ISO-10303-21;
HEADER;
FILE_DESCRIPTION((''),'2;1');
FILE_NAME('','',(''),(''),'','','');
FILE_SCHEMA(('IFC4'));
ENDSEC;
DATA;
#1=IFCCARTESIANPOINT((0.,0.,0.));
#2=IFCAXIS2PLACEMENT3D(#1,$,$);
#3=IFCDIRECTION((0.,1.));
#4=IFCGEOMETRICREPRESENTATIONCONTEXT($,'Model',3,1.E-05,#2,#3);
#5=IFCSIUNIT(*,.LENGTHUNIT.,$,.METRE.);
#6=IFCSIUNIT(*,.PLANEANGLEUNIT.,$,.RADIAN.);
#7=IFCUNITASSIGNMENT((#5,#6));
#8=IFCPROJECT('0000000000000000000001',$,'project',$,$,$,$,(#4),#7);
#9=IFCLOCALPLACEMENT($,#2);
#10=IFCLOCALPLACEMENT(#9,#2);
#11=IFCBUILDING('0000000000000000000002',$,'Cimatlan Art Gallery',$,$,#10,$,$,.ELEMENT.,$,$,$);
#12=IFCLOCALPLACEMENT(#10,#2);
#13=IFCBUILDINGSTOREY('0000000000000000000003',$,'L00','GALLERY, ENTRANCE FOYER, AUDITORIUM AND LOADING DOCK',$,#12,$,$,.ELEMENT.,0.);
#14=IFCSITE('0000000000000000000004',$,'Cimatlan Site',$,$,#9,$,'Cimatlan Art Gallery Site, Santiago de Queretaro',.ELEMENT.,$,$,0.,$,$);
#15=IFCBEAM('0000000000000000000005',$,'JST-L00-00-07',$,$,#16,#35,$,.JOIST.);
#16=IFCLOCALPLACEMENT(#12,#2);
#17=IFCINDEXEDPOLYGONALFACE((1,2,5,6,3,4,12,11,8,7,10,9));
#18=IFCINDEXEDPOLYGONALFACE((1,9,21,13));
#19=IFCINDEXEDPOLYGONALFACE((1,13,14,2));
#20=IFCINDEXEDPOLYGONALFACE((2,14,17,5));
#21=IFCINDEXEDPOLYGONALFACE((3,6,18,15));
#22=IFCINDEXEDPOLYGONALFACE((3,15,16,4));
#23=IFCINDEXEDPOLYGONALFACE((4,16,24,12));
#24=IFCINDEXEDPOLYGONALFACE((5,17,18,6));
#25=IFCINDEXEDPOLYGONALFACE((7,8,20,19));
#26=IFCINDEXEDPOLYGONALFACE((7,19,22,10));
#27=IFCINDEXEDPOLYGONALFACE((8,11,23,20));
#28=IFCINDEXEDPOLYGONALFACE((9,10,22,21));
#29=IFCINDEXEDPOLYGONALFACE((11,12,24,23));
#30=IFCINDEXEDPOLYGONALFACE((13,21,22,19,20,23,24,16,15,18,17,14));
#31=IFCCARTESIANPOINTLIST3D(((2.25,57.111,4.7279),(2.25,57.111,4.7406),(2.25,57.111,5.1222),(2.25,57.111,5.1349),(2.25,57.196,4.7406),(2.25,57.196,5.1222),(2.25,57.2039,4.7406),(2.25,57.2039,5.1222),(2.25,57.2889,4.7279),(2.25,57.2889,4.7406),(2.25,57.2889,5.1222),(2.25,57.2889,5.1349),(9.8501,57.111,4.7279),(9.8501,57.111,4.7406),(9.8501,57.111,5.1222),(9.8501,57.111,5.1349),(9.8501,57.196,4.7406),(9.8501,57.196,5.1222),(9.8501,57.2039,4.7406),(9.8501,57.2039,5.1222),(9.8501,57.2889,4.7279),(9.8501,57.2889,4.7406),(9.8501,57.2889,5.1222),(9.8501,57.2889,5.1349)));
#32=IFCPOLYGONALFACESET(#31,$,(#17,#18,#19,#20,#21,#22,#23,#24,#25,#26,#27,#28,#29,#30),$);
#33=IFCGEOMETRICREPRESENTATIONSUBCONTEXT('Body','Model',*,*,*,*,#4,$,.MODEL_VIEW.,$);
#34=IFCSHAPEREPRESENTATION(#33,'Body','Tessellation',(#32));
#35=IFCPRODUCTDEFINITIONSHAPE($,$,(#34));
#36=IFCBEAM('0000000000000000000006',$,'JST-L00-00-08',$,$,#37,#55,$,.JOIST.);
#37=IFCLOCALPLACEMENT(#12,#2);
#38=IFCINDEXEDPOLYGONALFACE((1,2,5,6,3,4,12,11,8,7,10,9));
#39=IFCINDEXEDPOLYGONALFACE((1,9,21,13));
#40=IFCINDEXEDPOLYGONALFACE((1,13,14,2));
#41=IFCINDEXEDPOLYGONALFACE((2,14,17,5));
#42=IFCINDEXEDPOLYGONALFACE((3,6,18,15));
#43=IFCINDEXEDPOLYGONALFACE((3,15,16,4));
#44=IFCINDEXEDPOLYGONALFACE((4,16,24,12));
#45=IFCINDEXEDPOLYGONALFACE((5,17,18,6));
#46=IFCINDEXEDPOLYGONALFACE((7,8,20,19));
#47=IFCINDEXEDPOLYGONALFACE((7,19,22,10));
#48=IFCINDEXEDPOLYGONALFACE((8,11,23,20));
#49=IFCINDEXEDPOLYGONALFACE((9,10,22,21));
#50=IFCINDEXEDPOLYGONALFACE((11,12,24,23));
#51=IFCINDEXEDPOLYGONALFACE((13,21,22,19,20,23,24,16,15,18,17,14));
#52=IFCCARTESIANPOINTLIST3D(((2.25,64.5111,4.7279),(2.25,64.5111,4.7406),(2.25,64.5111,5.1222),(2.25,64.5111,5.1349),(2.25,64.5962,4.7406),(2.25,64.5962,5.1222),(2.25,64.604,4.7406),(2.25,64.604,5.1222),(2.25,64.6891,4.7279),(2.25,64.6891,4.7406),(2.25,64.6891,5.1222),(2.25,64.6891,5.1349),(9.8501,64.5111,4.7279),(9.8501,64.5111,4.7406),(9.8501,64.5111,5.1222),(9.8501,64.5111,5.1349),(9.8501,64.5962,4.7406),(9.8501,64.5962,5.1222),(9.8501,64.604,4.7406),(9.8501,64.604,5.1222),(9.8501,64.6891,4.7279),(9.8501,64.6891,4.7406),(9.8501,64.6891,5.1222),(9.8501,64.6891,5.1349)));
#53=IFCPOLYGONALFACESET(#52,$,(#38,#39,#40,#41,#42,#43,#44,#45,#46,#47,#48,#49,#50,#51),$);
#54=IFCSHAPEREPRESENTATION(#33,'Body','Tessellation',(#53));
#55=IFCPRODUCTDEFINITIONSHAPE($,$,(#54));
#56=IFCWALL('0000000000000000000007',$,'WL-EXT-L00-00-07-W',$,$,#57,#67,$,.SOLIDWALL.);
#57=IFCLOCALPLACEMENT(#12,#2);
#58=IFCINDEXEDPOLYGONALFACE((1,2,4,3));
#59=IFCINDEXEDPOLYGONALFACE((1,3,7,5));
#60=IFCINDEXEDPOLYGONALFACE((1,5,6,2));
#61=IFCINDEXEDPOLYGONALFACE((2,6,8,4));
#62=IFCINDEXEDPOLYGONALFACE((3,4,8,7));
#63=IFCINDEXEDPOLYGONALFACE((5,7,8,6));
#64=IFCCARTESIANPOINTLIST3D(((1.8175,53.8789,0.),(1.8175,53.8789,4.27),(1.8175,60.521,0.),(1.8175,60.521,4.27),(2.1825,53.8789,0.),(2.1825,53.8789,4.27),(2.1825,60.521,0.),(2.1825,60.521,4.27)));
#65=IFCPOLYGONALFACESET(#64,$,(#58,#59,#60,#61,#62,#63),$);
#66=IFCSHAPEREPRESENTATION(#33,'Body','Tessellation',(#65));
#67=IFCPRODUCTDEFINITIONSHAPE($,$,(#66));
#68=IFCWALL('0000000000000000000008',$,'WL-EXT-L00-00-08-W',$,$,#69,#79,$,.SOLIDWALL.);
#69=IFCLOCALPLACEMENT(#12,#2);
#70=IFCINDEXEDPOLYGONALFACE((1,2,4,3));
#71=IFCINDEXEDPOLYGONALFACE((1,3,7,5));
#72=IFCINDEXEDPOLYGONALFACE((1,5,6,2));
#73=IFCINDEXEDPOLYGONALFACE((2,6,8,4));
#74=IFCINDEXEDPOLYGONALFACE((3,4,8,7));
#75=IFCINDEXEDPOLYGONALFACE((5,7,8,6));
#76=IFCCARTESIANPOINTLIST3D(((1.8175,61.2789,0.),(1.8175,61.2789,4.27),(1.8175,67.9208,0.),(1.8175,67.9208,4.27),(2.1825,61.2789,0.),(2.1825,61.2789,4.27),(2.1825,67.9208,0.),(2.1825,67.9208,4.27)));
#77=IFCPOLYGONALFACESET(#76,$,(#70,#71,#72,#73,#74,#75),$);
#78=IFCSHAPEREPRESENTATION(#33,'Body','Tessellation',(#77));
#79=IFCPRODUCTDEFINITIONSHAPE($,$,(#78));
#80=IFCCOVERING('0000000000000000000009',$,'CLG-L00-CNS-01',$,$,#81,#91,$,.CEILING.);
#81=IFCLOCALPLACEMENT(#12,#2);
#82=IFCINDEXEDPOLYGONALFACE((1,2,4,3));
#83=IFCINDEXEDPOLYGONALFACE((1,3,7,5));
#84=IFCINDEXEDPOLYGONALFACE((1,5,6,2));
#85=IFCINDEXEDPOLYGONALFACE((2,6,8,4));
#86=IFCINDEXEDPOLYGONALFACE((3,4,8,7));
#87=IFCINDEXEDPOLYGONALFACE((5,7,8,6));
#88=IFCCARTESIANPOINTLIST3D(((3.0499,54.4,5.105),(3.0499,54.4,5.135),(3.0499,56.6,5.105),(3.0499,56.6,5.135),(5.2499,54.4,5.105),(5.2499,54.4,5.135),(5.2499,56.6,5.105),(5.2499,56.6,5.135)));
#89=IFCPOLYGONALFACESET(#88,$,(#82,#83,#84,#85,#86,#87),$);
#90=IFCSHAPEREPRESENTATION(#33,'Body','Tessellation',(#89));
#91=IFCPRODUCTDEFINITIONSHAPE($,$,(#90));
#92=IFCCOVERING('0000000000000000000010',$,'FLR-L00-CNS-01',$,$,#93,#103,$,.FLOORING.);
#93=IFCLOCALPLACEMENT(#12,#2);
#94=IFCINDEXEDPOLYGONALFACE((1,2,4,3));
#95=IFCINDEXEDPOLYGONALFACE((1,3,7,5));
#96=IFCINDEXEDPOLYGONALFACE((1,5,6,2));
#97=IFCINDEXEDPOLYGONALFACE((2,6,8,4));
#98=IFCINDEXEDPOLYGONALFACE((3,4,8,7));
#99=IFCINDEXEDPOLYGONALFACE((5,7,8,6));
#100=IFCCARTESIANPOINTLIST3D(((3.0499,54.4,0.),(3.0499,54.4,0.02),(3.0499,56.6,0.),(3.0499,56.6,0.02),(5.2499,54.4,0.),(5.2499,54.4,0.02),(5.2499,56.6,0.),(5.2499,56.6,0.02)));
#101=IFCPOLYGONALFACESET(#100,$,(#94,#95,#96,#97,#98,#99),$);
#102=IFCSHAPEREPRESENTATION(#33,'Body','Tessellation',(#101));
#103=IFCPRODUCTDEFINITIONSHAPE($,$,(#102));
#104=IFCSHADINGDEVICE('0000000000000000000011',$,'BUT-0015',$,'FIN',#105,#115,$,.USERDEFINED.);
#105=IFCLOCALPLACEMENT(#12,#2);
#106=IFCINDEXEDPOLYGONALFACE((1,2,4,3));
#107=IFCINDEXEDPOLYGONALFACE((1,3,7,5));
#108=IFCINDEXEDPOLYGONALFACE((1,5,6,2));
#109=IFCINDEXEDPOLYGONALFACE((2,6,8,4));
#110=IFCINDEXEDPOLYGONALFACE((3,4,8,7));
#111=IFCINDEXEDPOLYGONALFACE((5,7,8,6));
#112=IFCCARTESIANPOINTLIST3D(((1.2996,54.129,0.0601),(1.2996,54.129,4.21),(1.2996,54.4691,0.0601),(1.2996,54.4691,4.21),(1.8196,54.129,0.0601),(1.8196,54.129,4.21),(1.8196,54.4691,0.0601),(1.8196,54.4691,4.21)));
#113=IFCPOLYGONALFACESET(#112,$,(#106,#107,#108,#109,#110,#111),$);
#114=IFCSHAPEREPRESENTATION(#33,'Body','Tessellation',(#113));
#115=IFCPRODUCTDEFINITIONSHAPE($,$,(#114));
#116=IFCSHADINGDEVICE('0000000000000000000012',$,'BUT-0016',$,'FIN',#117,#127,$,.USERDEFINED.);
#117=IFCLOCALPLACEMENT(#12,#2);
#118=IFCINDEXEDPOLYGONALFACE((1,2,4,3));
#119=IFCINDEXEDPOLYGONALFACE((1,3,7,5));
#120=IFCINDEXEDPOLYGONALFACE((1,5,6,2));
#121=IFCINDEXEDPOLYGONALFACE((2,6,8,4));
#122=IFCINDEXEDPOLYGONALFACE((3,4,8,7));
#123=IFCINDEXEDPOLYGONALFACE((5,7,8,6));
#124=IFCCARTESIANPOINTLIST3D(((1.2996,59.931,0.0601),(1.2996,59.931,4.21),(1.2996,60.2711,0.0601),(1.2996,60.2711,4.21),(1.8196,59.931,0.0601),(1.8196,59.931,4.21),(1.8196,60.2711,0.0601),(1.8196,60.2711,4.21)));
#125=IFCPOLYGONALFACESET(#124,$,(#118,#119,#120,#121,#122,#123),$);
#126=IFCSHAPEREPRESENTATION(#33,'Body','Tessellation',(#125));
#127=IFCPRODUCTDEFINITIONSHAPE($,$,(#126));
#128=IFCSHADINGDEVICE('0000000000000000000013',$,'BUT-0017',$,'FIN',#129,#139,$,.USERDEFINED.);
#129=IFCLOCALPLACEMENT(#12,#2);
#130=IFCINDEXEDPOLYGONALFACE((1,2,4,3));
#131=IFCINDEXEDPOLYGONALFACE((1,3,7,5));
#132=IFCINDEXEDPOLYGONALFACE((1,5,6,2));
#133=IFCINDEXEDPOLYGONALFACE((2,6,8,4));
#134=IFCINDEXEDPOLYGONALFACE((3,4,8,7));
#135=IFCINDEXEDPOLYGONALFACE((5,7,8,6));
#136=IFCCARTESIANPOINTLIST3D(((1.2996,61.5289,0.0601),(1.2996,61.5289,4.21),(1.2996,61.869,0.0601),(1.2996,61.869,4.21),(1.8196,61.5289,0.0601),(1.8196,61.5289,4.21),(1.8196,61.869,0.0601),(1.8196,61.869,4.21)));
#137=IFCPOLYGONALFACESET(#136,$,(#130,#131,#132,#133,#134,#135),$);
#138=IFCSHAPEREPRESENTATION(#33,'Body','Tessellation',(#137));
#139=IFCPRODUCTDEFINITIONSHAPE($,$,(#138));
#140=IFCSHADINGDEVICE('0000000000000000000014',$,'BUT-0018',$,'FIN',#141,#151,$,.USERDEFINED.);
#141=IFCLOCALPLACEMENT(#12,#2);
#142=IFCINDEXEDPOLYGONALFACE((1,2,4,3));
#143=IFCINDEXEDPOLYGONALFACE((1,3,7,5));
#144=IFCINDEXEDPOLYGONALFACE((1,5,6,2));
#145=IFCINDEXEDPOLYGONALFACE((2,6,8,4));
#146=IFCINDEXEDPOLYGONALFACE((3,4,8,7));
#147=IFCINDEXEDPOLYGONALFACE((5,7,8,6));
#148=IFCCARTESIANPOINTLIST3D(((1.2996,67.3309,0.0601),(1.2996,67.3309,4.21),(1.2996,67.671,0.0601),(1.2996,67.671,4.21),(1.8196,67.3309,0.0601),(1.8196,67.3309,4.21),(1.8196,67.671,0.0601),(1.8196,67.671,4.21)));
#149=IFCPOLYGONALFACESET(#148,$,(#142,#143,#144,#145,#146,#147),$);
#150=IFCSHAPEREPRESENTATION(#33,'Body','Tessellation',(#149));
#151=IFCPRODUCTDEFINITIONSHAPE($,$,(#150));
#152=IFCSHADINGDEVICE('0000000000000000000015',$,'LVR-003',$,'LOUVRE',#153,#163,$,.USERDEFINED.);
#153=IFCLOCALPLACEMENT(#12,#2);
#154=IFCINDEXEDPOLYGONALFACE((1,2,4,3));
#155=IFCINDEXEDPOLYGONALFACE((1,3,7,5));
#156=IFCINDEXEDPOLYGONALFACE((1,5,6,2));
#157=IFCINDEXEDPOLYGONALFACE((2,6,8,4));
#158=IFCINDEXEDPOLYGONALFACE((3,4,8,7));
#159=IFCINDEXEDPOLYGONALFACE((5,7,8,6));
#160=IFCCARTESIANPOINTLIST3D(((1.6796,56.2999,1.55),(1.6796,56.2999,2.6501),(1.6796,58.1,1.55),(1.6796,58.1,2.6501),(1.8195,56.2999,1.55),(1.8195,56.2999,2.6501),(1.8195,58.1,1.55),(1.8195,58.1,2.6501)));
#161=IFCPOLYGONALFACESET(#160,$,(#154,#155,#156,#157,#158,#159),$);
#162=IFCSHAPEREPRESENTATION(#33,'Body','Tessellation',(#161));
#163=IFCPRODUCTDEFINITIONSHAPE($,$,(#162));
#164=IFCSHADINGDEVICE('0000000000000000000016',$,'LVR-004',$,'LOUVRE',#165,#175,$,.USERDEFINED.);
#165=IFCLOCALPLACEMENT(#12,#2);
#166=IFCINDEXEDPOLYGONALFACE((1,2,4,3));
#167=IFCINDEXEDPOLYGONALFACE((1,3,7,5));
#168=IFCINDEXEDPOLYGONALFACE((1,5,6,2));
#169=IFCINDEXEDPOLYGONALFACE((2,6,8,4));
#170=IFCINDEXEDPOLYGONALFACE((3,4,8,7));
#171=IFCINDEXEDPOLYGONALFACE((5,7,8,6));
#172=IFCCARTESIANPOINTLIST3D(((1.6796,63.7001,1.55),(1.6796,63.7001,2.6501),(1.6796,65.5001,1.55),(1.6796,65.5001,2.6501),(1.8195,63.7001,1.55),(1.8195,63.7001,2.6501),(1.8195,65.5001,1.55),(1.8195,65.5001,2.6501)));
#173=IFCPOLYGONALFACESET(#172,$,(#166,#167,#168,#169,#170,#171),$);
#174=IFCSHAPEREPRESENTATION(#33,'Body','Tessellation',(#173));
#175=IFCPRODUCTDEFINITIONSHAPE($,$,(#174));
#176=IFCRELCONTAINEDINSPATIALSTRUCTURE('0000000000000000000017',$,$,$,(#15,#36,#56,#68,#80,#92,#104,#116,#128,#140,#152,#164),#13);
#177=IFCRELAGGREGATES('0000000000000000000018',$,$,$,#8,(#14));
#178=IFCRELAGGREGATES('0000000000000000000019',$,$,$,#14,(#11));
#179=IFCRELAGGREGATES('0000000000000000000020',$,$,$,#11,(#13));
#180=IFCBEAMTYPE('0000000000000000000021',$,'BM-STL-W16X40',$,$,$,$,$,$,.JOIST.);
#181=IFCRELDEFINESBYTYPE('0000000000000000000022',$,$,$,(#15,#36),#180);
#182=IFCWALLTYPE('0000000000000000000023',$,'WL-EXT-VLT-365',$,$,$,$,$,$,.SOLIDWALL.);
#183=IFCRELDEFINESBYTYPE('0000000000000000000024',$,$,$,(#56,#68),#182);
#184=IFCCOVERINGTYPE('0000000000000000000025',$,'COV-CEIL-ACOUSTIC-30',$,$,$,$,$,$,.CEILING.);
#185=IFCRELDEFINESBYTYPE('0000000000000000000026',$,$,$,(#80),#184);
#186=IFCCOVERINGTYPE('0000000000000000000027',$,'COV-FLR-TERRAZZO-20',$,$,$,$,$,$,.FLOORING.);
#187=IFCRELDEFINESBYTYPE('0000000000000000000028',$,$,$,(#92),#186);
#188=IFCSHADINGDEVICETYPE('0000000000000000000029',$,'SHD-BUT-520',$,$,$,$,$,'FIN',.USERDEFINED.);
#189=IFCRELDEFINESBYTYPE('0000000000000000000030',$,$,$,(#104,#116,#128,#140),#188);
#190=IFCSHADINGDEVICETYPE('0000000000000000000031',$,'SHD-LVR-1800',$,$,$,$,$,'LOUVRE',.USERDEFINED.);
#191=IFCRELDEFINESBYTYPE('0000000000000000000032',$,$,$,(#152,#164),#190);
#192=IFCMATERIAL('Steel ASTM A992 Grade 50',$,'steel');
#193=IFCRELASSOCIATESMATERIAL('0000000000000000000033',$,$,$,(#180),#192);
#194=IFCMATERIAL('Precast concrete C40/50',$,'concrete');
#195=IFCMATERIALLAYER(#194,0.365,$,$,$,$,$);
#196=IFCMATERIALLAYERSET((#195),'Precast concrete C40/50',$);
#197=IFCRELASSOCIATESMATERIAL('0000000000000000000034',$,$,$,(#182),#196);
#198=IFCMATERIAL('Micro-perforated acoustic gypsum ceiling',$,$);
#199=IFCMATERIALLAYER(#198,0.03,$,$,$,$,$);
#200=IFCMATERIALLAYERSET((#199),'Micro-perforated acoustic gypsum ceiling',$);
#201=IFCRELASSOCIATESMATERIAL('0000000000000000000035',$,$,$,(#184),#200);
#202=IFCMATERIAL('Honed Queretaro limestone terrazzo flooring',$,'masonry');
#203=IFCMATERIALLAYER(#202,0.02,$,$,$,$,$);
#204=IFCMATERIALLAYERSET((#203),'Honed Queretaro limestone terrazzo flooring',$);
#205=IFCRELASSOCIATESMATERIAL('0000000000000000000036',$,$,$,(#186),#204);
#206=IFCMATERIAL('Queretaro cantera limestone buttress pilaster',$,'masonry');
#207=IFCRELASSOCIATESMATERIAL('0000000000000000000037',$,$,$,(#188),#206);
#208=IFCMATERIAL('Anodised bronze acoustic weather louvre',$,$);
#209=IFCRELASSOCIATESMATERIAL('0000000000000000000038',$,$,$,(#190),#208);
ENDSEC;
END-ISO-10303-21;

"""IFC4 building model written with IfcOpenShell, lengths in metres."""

from ifc_helpers import new_model, si_unit, direction, frame, frame_2d, origin, origin_2d, place, context, subcontext, project, spatial, rectangle, i_section, extrude, material, layer, layer_set, material_profile, profile_set, type_object, element, save


model = new_model("IFC4")

# Units and contexts
model_context = context("Model", 3, precision=1e-05, world=origin(), true_north=direction((0.0, 1.0)))
body_context = subcontext(model_context, "Body", "Model", "MODEL_VIEW")
ifc_project = project(units=[si_unit("LENGTHUNIT", "METRE"), si_unit("PLANEANGLEUNIT", "RADIAN")], contexts=[model_context])

# Site, building, storey
site_placement = place(None, origin())
site = spatial("IfcSite", under=ifc_project, at=site_placement, Name="Cimatlan Site", LongName="Cimatlan Art Gallery Site, Santiago de Queretaro", CompositionType="ELEMENT", RefElevation=0.0)
building_placement = place(site_placement, origin())
building = spatial("IfcBuilding", under=site, at=building_placement, Name="Cimatlan Art Gallery", CompositionType="ELEMENT")
storey_placement = place(building_placement, origin())
storey = spatial("IfcBuildingStorey", under=building, at=storey_placement, Name="L00", Description="GALLERY, ENTRANCE FOYER, AUDITORIUM AND LOADING DOCK", CompositionType="ELEMENT", Elevation=0.0)

# Beams
ifc_material_1 = material(Name="Steel ASTM A992 Grade 50", Category="steel")
ifc_material_profile_1 = material_profile(ifc_material_1, i_section(OverallWidth=0.178, OverallDepth=0.407, WebThickness=0.0078, FlangeThickness=0.0127, at=origin_2d()), Name="W16X40")
ifc_profile_set_1 = profile_set([ifc_material_profile_1], Name="Steel ASTM A992 Grade 50")
beam_type_1 = type_object("IfcBeamType", Name="BM-STL-W16X40", PredefinedType="JOIST", material=ifc_profile_set_1)
for number, where, z_axis, x_axis, name in (
    (1, (2.25, 57.2, 4.9314), (1.0, 0.0, 0.0), (0.0, 1.0, 0.0), "JST-L00-00-07"),
    (2, (2.25, 64.6001, 4.9314), (1.0, 0.0, 0.0), (0.0, 1.0, 0.0), "JST-L00-00-08"),
):
    element("IfcBeam", number, at=place(storey_placement, frame(where, z_axis=z_axis, x_axis=x_axis)), inside=storey, type_object=beam_type_1, Name=name, PredefinedType="JOIST", context=body_context, shape_type="SweptSolid", body=[
        extrude(i_section(OverallWidth=0.178, OverallDepth=0.407, WebThickness=0.0078, FlangeThickness=0.0127, at=origin_2d()), origin(), (0.0, 0.0, 1.0), 7.6001),
    ])

# Walls
ifc_material_2 = material(Name="Precast concrete C40/50", Category="concrete")
ifc_layer_1 = layer(ifc_material_2, 0.365)
ifc_layer_set_1 = layer_set([ifc_layer_1], Name="Precast concrete C40/50")
wall_type = type_object("IfcWallType", Name="WL-EXT-VLT-365", PredefinedType="SOLIDWALL", material=ifc_layer_set_1)
wall_1_placement = place(storey_placement, frame((2.0, 53.8789, 0.0), z_axis=(0.0, 0.0, 1.0), x_axis=(0.0, 1.0, 0.0)))
element("IfcWall", 3, at=wall_1_placement, inside=storey, type_object=wall_type, Name="WL-EXT-L00-00-07-W", PredefinedType="SOLIDWALL", context=body_context, shape_type="SweptSolid", body=[
    extrude(rectangle(XDim=6.6421, YDim=0.365, at=frame_2d((3.321, 0.0))), origin(), (0.0, 0.0, 1.0), 4.27),
])
wall_2_placement = place(storey_placement, frame((2.0, 61.2791, 0.0), z_axis=(0.0, 0.0, 1.0), x_axis=(0.0, 1.0, 0.0)))
element("IfcWall", 4, at=wall_2_placement, inside=storey, type_object=wall_type, Name="WL-EXT-L00-00-08-W", PredefinedType="SOLIDWALL", context=body_context, shape_type="SweptSolid", body=[
    extrude(rectangle(XDim=6.6418, YDim=0.365, at=frame_2d((3.3208, 0.0))), origin(), (0.0, 0.0, 1.0), 4.27),
])

# Coverings
ifc_material_3 = material(Name="Micro-perforated acoustic gypsum ceiling")
ifc_layer_2 = layer(ifc_material_3, 0.03)
ifc_layer_set_2 = layer_set([ifc_layer_2], Name="Micro-perforated acoustic gypsum ceiling")
covering_type_1 = type_object("IfcCoveringType", Name="COV-CEIL-ACOUSTIC-30", PredefinedType="CEILING", material=ifc_layer_set_2)
covering_1_placement = place(storey_placement, frame((4.1499, 55.5, 5.105), z_axis=(0.0, 0.0, 1.0), x_axis=(1.0, 0.0, 0.0)))
element("IfcCovering", 5, at=covering_1_placement, inside=storey, type_object=covering_type_1, Name="CLG-L00-CNS-01", PredefinedType="CEILING", context=body_context, shape_type="SweptSolid", body=[
    extrude(rectangle(XDim=2.2, YDim=2.2, at=origin_2d()), origin(), (0.0, 0.0, 1.0), 0.03),
])
ifc_material_4 = material(Name="Honed Queretaro limestone terrazzo flooring", Category="masonry")
ifc_layer_3 = layer(ifc_material_4, 0.02)
ifc_layer_set_3 = layer_set([ifc_layer_3], Name="Honed Queretaro limestone terrazzo flooring")
covering_type_2 = type_object("IfcCoveringType", Name="COV-FLR-TERRAZZO-20", PredefinedType="FLOORING", material=ifc_layer_set_3)
covering_2_placement = place(storey_placement, frame((4.1499, 55.5, 0.0), z_axis=(0.0, 0.0, 1.0), x_axis=(1.0, 0.0, 0.0)))
element("IfcCovering", 6, at=covering_2_placement, inside=storey, type_object=covering_type_2, Name="FLR-L00-CNS-01", PredefinedType="FLOORING", context=body_context, shape_type="SweptSolid", body=[
    extrude(rectangle(XDim=2.2, YDim=2.2, at=origin_2d()), origin(), (0.0, 0.0, 1.0), 0.02),
])

# Shading devices
ifc_material_5 = material(Name="Queretaro cantera limestone buttress pilaster", Category="masonry")
shading_device_type_1 = type_object("IfcShadingDeviceType", Name="SHD-BUT-520", ElementType="FIN", PredefinedType="USERDEFINED", material=ifc_material_5)
for number, where, z_axis, x_axis, name in (
    (7, (1.5596, 54.2991, 0.0601), (0.0, 0.0, 1.0), (0.0, 1.0, 0.0), "BUT-0015"),
    (8, (1.5596, 60.1011, 0.0601), (0.0, 0.0, 1.0), (0.0, 1.0, 0.0), "BUT-0016"),
    (9, (1.5596, 61.699, 0.0601), (0.0, 0.0, 1.0), (0.0, 1.0, 0.0), "BUT-0017"),
    (10, (1.5596, 67.501, 0.0601), (0.0, 0.0, 1.0), (0.0, 1.0, 0.0), "BUT-0018"),
):
    element("IfcShadingDevice", number, at=place(storey_placement, frame(where, z_axis=z_axis, x_axis=x_axis)), inside=storey, type_object=shading_device_type_1, Name=name, ObjectType="FIN", PredefinedType="USERDEFINED", context=body_context, shape_type="SweptSolid", body=[
        extrude(rectangle(XDim=0.3401, YDim=0.52, at=origin_2d()), origin(), (0.0, 0.0, 1.0), 4.1499),
    ])
ifc_material_6 = material(Name="Anodised bronze acoustic weather louvre")
shading_device_type_2 = type_object("IfcShadingDeviceType", Name="SHD-LVR-1800", ElementType="LOUVRE", PredefinedType="USERDEFINED", material=ifc_material_6)
for number, where, z_axis, x_axis, name in (
    (11, (1.7495, 57.2, 1.55), (0.0, 0.0, 1.0), (0.0, 1.0, 0.0), "LVR-003"),
    (12, (1.7495, 64.6001, 1.55), (0.0, 0.0, 1.0), (0.0, 1.0, 0.0), "LVR-004"),
):
    element("IfcShadingDevice", number, at=place(storey_placement, frame(where, z_axis=z_axis, x_axis=x_axis)), inside=storey, type_object=shading_device_type_2, Name=name, ObjectType="LOUVRE", PredefinedType="USERDEFINED", context=body_context, shape_type="SweptSolid", body=[
        extrude(rectangle(XDim=1.8, YDim=0.1399, at=origin_2d()), origin(), (0.0, 0.0, 1.0), 1.1001),
    ])

save(model, "model.ifc")
